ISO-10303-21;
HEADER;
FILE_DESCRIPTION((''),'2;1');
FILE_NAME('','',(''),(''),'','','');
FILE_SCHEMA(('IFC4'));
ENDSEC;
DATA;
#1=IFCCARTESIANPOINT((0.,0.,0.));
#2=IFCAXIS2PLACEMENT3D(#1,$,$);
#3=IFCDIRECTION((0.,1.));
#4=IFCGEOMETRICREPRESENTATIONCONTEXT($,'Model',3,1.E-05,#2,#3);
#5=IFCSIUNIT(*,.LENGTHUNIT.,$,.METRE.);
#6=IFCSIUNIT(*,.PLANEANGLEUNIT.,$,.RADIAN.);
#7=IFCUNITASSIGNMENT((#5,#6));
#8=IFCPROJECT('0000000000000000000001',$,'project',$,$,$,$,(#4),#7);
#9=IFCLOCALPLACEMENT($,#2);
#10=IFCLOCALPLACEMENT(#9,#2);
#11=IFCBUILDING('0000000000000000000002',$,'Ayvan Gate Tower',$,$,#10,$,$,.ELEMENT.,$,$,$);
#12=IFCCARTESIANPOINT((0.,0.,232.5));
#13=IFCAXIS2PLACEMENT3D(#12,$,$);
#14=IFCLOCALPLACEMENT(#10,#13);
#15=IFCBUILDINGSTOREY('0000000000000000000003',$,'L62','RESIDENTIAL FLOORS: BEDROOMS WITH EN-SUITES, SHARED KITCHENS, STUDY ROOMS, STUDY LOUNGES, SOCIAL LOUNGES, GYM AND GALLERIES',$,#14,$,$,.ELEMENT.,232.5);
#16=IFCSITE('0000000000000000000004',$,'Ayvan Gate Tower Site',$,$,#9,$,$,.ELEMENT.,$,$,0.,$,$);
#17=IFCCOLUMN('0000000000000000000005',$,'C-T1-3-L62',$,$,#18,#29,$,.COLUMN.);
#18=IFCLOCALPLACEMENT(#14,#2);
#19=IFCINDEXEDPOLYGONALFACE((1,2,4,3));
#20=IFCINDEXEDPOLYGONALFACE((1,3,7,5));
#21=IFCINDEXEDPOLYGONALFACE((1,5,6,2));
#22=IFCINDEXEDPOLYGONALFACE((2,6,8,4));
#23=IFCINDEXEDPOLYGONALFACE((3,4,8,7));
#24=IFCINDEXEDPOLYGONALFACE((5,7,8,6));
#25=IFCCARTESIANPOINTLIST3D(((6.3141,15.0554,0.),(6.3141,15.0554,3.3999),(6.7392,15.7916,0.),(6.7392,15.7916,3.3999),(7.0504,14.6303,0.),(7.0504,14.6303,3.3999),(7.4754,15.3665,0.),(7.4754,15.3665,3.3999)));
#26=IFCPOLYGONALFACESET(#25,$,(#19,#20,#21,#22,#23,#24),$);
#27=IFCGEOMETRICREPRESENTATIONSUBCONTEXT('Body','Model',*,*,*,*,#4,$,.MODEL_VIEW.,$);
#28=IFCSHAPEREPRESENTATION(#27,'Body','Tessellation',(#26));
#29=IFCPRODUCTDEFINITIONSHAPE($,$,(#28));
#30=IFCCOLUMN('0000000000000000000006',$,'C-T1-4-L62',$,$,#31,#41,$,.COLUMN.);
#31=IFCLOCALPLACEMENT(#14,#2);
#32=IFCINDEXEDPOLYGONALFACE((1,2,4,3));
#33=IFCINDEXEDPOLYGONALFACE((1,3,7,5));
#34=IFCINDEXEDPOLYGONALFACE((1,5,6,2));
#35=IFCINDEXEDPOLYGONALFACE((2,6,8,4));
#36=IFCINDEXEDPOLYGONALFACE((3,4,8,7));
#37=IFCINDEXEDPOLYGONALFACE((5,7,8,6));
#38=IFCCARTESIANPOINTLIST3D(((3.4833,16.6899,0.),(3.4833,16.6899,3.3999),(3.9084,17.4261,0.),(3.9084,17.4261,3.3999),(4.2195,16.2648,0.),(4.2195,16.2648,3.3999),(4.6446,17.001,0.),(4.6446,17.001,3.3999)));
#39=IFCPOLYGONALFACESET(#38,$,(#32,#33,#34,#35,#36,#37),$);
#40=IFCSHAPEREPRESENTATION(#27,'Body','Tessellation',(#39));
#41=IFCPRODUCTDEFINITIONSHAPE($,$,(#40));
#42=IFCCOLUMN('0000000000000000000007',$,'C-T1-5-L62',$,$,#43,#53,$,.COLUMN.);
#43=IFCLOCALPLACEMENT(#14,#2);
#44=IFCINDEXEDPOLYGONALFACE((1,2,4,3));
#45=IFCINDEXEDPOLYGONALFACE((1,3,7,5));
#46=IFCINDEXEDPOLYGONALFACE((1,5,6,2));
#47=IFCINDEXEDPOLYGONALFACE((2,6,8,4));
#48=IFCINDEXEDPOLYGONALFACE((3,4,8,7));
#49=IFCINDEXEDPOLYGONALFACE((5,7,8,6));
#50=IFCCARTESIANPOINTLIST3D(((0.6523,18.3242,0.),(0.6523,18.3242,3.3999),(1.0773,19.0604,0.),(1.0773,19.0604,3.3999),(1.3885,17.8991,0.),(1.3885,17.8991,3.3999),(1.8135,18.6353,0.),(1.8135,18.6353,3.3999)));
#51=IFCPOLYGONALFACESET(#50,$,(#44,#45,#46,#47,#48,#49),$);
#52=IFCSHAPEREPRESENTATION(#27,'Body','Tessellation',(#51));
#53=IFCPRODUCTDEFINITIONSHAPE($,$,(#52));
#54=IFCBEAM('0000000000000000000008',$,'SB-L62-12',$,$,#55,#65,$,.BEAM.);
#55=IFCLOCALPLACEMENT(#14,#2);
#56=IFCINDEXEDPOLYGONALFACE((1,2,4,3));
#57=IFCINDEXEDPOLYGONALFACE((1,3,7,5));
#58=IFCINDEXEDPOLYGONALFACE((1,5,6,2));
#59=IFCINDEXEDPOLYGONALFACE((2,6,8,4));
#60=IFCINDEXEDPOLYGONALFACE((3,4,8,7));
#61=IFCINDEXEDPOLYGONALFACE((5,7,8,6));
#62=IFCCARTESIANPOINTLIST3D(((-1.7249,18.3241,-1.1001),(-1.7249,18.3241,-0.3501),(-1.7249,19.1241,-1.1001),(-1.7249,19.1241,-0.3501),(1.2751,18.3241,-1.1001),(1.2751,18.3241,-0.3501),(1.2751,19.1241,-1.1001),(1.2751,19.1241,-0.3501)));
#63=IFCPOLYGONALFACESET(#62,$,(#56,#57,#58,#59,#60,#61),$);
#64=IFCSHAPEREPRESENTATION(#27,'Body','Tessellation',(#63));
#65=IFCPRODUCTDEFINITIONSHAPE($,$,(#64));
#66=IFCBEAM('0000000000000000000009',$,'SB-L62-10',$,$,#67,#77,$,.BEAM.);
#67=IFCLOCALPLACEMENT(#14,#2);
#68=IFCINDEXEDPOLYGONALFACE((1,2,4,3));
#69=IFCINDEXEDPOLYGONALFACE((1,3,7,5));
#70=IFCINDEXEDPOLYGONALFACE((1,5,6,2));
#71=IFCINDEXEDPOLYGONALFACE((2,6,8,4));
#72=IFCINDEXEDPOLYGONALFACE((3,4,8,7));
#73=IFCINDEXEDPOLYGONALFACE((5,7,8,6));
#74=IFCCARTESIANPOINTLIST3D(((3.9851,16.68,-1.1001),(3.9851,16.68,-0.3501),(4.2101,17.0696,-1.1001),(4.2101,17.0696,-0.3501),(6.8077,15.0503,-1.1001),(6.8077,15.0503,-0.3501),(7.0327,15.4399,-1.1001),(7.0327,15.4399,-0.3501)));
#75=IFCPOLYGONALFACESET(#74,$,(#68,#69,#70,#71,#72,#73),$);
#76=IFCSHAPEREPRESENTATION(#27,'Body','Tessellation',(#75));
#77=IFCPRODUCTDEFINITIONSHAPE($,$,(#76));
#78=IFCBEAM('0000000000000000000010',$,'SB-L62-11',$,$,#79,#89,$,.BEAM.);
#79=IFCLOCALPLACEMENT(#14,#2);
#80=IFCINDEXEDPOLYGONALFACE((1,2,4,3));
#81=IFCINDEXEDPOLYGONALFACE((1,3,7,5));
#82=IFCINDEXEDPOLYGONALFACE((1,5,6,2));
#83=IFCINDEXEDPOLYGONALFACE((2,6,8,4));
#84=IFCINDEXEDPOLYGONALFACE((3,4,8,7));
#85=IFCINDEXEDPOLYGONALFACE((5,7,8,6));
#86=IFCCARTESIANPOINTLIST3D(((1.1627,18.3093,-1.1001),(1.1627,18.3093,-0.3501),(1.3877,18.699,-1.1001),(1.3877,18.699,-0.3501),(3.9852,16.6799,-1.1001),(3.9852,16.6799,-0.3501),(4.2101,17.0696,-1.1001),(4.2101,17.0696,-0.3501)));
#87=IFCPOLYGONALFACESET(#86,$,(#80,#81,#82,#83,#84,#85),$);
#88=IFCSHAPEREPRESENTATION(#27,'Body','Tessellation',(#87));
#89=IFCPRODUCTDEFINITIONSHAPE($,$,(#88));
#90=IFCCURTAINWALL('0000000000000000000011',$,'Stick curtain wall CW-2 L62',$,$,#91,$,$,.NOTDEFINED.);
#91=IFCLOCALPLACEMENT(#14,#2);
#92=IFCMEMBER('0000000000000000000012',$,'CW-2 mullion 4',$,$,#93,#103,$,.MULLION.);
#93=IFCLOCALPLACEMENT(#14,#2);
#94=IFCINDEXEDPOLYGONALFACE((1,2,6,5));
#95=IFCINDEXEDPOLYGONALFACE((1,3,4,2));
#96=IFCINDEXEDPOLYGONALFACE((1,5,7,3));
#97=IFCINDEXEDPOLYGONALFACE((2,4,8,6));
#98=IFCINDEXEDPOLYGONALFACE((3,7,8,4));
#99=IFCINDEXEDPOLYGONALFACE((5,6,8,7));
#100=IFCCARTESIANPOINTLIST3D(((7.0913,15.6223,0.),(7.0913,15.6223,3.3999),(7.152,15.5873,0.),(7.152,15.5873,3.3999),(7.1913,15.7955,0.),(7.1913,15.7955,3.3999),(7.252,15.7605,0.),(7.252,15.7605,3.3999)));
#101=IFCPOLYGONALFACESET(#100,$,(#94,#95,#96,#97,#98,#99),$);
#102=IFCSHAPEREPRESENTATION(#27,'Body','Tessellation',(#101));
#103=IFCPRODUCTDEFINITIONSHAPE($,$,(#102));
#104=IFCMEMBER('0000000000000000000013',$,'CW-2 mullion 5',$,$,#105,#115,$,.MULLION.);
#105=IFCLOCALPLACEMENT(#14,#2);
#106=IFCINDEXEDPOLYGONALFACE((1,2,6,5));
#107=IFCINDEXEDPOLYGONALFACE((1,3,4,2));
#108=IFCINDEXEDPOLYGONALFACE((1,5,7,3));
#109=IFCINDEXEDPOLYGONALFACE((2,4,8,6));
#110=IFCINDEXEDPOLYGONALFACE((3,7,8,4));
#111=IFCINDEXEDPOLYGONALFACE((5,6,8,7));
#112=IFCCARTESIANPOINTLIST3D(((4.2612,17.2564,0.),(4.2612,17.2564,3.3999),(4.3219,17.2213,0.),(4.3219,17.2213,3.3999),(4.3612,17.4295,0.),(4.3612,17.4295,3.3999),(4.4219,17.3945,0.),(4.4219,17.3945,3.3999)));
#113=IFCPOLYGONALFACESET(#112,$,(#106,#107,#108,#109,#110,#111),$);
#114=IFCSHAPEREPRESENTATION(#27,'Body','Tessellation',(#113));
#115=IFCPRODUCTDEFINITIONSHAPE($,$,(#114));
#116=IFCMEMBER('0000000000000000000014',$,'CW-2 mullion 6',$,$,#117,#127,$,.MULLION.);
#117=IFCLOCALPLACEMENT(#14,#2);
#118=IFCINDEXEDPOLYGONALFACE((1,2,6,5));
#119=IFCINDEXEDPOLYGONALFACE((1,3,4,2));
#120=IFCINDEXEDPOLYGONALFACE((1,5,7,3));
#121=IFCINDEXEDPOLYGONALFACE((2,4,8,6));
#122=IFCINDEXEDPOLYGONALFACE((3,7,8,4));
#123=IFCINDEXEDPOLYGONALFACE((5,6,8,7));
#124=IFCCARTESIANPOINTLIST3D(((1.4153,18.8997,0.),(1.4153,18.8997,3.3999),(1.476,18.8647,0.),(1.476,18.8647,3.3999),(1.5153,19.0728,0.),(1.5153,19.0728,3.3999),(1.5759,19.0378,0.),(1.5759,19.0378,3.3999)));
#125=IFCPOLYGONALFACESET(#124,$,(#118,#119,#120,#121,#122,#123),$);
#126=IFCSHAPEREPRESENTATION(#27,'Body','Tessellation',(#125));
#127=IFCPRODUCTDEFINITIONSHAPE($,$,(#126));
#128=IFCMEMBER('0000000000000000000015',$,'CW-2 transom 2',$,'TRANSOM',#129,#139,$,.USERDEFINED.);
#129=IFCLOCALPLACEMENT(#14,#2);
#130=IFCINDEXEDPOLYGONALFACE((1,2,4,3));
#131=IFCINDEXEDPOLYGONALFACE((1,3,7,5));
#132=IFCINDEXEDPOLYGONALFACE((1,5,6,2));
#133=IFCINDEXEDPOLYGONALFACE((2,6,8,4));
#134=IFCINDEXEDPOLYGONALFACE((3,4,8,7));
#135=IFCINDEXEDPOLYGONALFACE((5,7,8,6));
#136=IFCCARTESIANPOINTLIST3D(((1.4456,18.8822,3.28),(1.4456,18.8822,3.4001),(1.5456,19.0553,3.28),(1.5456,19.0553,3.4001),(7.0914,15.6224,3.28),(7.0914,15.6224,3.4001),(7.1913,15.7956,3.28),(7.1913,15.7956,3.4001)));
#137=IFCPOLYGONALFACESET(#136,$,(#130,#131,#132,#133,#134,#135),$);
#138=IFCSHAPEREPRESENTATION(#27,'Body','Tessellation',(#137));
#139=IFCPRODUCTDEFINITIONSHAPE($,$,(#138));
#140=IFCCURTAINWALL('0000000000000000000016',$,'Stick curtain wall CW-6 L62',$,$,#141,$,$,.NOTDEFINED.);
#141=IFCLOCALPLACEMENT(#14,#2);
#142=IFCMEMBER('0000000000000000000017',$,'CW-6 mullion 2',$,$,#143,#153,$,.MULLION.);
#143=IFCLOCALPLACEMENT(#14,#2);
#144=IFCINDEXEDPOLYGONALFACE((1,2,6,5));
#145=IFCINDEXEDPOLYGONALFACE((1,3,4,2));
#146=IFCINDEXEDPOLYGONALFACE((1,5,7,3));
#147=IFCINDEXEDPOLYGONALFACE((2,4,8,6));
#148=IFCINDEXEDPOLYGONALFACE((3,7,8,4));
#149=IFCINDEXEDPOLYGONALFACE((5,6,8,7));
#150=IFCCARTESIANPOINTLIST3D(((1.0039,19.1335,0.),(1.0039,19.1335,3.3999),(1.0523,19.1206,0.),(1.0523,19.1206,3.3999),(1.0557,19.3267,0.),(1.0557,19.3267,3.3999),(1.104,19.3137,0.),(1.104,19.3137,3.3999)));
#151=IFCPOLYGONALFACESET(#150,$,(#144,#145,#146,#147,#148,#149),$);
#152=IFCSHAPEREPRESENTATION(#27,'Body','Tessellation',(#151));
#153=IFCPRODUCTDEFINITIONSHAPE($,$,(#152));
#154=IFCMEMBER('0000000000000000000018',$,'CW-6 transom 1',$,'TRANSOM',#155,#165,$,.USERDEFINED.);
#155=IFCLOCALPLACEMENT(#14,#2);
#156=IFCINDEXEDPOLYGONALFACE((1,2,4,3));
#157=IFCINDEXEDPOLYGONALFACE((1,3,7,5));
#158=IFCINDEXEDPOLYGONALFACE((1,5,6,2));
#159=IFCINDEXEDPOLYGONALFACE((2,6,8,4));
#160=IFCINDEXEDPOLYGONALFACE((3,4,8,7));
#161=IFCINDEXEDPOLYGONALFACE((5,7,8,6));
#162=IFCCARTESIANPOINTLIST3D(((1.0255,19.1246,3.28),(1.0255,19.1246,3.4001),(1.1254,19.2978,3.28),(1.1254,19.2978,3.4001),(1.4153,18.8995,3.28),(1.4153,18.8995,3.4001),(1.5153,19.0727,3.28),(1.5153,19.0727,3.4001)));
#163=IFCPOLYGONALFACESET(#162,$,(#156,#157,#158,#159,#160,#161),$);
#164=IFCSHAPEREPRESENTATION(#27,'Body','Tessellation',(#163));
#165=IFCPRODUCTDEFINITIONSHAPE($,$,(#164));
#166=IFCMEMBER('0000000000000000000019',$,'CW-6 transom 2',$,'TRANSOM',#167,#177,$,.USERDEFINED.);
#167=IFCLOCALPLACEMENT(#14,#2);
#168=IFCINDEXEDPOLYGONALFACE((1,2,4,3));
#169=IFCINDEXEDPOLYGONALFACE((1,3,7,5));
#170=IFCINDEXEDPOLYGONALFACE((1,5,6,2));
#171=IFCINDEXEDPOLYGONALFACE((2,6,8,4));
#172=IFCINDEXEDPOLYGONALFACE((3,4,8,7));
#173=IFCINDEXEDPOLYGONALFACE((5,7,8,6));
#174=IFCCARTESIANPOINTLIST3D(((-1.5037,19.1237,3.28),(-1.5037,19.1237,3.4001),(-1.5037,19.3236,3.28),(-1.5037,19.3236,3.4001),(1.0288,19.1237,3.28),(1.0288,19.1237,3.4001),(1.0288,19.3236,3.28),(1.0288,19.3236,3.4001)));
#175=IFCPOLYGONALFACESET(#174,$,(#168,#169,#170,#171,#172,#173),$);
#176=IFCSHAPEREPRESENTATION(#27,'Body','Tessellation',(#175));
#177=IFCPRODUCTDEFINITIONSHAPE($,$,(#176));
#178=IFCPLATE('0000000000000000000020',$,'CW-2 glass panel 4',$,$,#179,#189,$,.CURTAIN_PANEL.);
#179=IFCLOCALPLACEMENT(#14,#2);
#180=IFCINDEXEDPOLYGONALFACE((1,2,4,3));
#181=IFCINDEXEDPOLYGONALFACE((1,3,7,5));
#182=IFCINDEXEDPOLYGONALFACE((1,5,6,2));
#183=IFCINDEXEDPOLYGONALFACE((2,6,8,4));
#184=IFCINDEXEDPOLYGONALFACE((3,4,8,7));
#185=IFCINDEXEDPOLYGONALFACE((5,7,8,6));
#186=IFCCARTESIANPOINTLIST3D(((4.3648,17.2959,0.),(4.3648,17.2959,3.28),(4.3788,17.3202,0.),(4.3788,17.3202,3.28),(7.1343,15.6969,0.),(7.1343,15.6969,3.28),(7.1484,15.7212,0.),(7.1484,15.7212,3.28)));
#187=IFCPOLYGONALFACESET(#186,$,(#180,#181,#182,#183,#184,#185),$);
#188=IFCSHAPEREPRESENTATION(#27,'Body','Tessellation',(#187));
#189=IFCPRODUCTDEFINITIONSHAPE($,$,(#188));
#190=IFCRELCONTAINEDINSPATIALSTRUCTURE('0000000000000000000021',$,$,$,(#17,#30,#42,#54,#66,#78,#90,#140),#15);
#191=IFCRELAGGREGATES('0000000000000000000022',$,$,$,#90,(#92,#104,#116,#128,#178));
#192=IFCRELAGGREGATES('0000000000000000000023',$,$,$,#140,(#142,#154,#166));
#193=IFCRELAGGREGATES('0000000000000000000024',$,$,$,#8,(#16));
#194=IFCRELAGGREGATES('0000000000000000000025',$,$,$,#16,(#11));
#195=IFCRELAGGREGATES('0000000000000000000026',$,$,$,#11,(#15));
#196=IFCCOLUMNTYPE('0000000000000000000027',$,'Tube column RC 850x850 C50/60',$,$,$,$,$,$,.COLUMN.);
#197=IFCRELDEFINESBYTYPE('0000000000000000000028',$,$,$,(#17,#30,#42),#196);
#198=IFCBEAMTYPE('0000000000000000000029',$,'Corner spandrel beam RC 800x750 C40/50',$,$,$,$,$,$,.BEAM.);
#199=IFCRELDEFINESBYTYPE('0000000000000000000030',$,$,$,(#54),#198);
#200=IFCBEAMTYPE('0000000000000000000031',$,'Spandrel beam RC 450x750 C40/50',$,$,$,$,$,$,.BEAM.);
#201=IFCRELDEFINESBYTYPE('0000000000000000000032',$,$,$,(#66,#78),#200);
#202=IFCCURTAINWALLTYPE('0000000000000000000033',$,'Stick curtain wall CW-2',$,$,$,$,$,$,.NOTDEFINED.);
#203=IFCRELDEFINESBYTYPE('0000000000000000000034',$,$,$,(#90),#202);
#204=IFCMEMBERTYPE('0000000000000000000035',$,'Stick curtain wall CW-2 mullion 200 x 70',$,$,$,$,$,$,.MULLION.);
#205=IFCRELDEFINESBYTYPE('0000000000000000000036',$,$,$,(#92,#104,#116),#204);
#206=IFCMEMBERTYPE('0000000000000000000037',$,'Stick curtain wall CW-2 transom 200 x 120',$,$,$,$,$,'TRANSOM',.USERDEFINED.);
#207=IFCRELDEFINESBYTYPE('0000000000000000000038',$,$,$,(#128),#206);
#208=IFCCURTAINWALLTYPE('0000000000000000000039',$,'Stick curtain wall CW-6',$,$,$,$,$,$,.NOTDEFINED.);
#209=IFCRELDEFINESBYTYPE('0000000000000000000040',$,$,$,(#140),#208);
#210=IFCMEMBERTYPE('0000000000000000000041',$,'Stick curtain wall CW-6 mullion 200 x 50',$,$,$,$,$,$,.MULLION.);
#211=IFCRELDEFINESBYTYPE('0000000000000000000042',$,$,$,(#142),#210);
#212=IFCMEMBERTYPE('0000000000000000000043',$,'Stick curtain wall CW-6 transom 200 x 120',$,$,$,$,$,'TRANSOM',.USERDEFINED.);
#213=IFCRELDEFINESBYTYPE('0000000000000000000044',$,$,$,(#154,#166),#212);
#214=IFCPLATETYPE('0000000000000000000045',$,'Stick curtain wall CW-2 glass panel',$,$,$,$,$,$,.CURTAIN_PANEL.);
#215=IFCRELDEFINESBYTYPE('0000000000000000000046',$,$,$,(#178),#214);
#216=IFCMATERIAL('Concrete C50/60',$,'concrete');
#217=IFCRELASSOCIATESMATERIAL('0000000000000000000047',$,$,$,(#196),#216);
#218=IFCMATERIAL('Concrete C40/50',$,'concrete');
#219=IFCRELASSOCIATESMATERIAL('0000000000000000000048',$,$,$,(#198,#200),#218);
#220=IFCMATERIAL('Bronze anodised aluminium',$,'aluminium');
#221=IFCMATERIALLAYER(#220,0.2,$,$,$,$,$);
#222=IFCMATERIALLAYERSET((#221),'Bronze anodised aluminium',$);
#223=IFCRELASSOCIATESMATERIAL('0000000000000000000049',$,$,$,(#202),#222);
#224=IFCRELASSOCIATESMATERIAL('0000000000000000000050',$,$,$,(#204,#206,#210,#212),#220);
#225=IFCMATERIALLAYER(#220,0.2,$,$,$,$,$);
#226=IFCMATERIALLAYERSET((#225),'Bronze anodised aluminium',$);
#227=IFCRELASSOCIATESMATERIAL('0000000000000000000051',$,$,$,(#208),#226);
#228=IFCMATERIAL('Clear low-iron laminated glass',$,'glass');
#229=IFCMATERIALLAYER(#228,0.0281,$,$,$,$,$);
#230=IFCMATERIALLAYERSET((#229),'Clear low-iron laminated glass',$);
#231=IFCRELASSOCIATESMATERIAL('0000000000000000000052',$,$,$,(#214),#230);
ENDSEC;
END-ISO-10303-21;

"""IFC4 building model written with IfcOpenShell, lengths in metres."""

from ifc_helpers import new_model, si_unit, direction, frame, origin, origin_2d, place, context, subcontext, project, spatial, rectangle, extrude, material, layer, layer_set, material_profile, profile_set, type_object, element, aggregate, save


model = new_model("IFC4")

# Units and contexts
model_context = context("Model", 3, precision=1e-05, world=origin(), true_north=direction((0.0, 1.0)))
body_context = subcontext(model_context, "Body", "Model", "MODEL_VIEW")
ifc_project = project(units=[si_unit("LENGTHUNIT", "METRE"), si_unit("PLANEANGLEUNIT", "RADIAN")], contexts=[model_context])

# Site, building, storey
site_placement = place(None, origin())
site = spatial("IfcSite", under=ifc_project, at=site_placement, Name="Ayvan Gate Tower Site", CompositionType="ELEMENT", RefElevation=0.0)
building_placement = place(site_placement, origin())
building = spatial("IfcBuilding", under=site, at=building_placement, Name="Ayvan Gate Tower", CompositionType="ELEMENT")
storey_placement = place(building_placement, frame((0.0, 0.0, 232.5)))
storey = spatial("IfcBuildingStorey", under=building, at=storey_placement, Name="L62", Description="RESIDENTIAL FLOORS: BEDROOMS WITH EN-SUITES, SHARED KITCHENS, STUDY ROOMS, STUDY LOUNGES, SOCIAL LOUNGES, GYM AND GALLERIES", CompositionType="ELEMENT", Elevation=232.5)

# Columns
ifc_material_1 = material(Name="Concrete C50/60", Category="concrete")
ifc_material_profile_1 = material_profile(ifc_material_1, rectangle(XDim=0.8501, YDim=0.8501, at=origin_2d()), Name="RC 850x850")
ifc_profile_set_1 = profile_set([ifc_material_profile_1], Name="Concrete C50/60")
column_type = type_object("IfcColumnType", Name="Tube column RC 850x850 C50/60", PredefinedType="COLUMN", material=ifc_profile_set_1)
for number, where, z_axis, x_axis, name in (
    (1, (6.8948, 15.2109, 0.0), (0.0, 0.0, 1.0), (0.5, 0.866025, 0.0), "C-T1-3-L62"),
    (2, (4.064, 16.8455, 0.0), (0.0, 0.0, 1.0), (0.5, 0.866025, 0.0), "C-T1-4-L62"),
    (3, (1.2329, 18.4797, 0.0), (0.0, 0.0, 1.0), (0.5, 0.866025, 0.0), "C-T1-5-L62"),
):
    element("IfcColumn", number, at=place(storey_placement, frame(where, z_axis=z_axis, x_axis=x_axis)), inside=storey, type_object=column_type, Name=name, PredefinedType="COLUMN", context=body_context, shape_type="SweptSolid", body=[
        extrude(rectangle(XDim=0.8501, YDim=0.8501, at=origin_2d()), origin(), (0.0, 0.0, 1.0), 3.3999),
    ])

# Beams
ifc_material_2 = material(Name="Concrete C40/50", Category="concrete")
ifc_material_profile_2 = material_profile(ifc_material_2, rectangle(XDim=0.8, YDim=0.75, at=origin_2d()), Name="RC 800x750")
ifc_profile_set_2 = profile_set([ifc_material_profile_2], Name="Concrete C40/50")
beam_type_1 = type_object("IfcBeamType", Name="Corner spandrel beam RC 800x750 C40/50", PredefinedType="BEAM", material=ifc_profile_set_2)
beam_1_placement = place(storey_placement, frame((1.2751, 18.7241, -0.7251), z_axis=(-1.0, 0.0, 0.0), x_axis=(0.0, -1.0, 0.0)))
element("IfcBeam", 4, at=beam_1_placement, inside=storey, type_object=beam_type_1, Name="SB-L62-12", PredefinedType="BEAM", context=body_context, shape_type="SweptSolid", body=[
    extrude(rectangle(XDim=0.8, YDim=0.75, at=origin_2d()), origin(), (0.0, 0.0, 1.0), 3.0),
])
ifc_material_profile_3 = material_profile(ifc_material_2, rectangle(XDim=0.45, YDim=0.75, at=origin_2d()), Name="RC 450x750")
ifc_profile_set_3 = profile_set([ifc_material_profile_3], Name="Concrete C40/50")
beam_type_2 = type_object("IfcBeamType", Name="Spandrel beam RC 450x750 C40/50", PredefinedType="BEAM", material=ifc_profile_set_3)
beam_2_placement = place(storey_placement, frame((6.9202, 15.2451, -0.7251), z_axis=(-0.866017, 0.500014, 0.0), x_axis=(-0.500014, -0.866017, 0.0)))
element("IfcBeam", 5, at=beam_2_placement, inside=storey, type_object=beam_type_2, Name="SB-L62-10", PredefinedType="BEAM", context=body_context, shape_type="SweptSolid", body=[
    extrude(rectangle(XDim=0.45, YDim=0.75, at=origin_2d()), origin(), (0.0, 0.0, 1.0), 3.2593),
])
beam_3_placement = place(storey_placement, frame((4.0977, 16.8748, -0.7251), z_axis=(-0.86605, 0.499958, 0.0), x_axis=(-0.499958, -0.86605, 0.0)))
element("IfcBeam", 6, at=beam_3_placement, inside=storey, type_object=beam_type_2, Name="SB-L62-11", PredefinedType="BEAM", context=body_context, shape_type="SweptSolid", body=[
    extrude(rectangle(XDim=0.45, YDim=0.75, at=origin_2d()), origin(), (0.0, 0.0, 1.0), 3.259),
])

# Curtain walls, members
ifc_material_3 = material(Name="Bronze anodised aluminium", Category="aluminium")
ifc_layer_1 = layer(ifc_material_3, 0.2)
ifc_layer_set_1 = layer_set([ifc_layer_1], Name="Bronze anodised aluminium")
curtain_wall_type_1 = type_object("IfcCurtainWallType", Name="Stick curtain wall CW-2", PredefinedType="NOTDEFINED", material=ifc_layer_set_1)
curtain_wall_1_placement = place(storey_placement, origin())
curtain_wall_1 = element("IfcCurtainWall", 7, at=curtain_wall_1_placement, inside=storey, type_object=curtain_wall_type_1, Name="Stick curtain wall CW-2 L62", PredefinedType="NOTDEFINED")
ifc_material_profile_4 = material_profile(ifc_material_3, rectangle(XDim=0.2, YDim=0.0701, at=origin_2d()), Name="Stick curtain wall CW-2 mullion 200 x 70")
ifc_profile_set_4 = profile_set([ifc_material_profile_4], Name="Bronze anodised aluminium")
member_type_1 = type_object("IfcMemberType", Name="Stick curtain wall CW-2 mullion 200 x 70", PredefinedType="MULLION", material=ifc_profile_set_4)
member_1_placement = place(storey_placement, frame((7.1716, 15.6914, 0.0), z_axis=(0.0, 0.0, 1.0), x_axis=(0.5, 0.866025, 0.0)))
member_1 = element("IfcMember", 8, at=member_1_placement, type_object=member_type_1, Name="CW-2 mullion 4", PredefinedType="MULLION", context=body_context, shape_type="SweptSolid", body=[
    extrude(rectangle(XDim=0.2, YDim=0.0701, at=origin_2d()), origin(), (0.0, 0.0, 1.0), 3.3999),
])
member_2_placement = place(storey_placement, frame((4.3416, 17.3254, 0.0), z_axis=(0.0, 0.0, 1.0), x_axis=(0.5, 0.866025, 0.0)))
member_2 = element("IfcMember", 9, at=member_2_placement, type_object=member_type_1, Name="CW-2 mullion 5", PredefinedType="MULLION", context=body_context, shape_type="SweptSolid", body=[
    extrude(rectangle(XDim=0.2, YDim=0.0701, at=origin_2d()), origin(), (0.0, 0.0, 1.0), 3.3999),
])
member_3_placement = place(storey_placement, frame((1.4956, 18.9688, 0.0), z_axis=(0.0, 0.0, 1.0), x_axis=(0.5, 0.866025, 0.0)))
member_3 = element("IfcMember", 10, at=member_3_placement, type_object=member_type_1, Name="CW-2 mullion 6", PredefinedType="MULLION", context=body_context, shape_type="SweptSolid", body=[
    extrude(rectangle(XDim=0.2, YDim=0.0701, at=origin_2d()), origin(), (0.0, 0.0, 1.0), 3.3999),
])
ifc_material_profile_5 = material_profile(ifc_material_3, rectangle(XDim=0.2, YDim=0.1201, at=origin_2d()), Name="Stick curtain wall CW-2 transom 200 x 120")
ifc_profile_set_5 = profile_set([ifc_material_profile_5], Name="Bronze anodised aluminium")
member_type_2 = type_object("IfcMemberType", Name="Stick curtain wall CW-2 transom 200 x 120", ElementType="TRANSOM", PredefinedType="USERDEFINED", material=ifc_profile_set_5)
member_4_placement = place(storey_placement, frame((7.1414, 15.709, 3.3401), z_axis=(-0.866013, 0.500022, 0.0), x_axis=(-0.500022, -0.866013, 0.0)))
member_4 = element("IfcMember", 11, at=member_4_placement, type_object=member_type_2, Name="CW-2 transom 2", ObjectType="TRANSOM", PredefinedType="USERDEFINED", context=body_context, shape_type="SweptSolid", body=[
    extrude(rectangle(XDim=0.2, YDim=0.1201, at=origin_2d()), origin(), (0.0, 0.0, 1.0), 6.5193),
])
ifc_layer_2 = layer(ifc_material_3, 0.2)
ifc_layer_set_2 = layer_set([ifc_layer_2], Name="Bronze anodised aluminium")
curtain_wall_type_2 = type_object("IfcCurtainWallType", Name="Stick curtain wall CW-6", PredefinedType="NOTDEFINED", material=ifc_layer_set_2)
curtain_wall_2_placement = place(storey_placement, origin())
curtain_wall_2 = element("IfcCurtainWall", 12, at=curtain_wall_2_placement, inside=storey, type_object=curtain_wall_type_2, Name="Stick curtain wall CW-6 L62", PredefinedType="NOTDEFINED")
ifc_material_profile_6 = material_profile(ifc_material_3, rectangle(XDim=0.2, YDim=0.05, at=origin_2d()), Name="Stick curtain wall CW-6 mullion 200 x 50")
ifc_profile_set_6 = profile_set([ifc_material_profile_6], Name="Bronze anodised aluminium")
member_type_3 = type_object("IfcMemberType", Name="Stick curtain wall CW-6 mullion 200 x 50", PredefinedType="MULLION", material=ifc_profile_set_6)
member_5_placement = place(storey_placement, frame((1.054, 19.2236, 0.0), z_axis=(0.0, 0.0, 1.0), x_axis=(0.258819, 0.965926, 0.0)))
member_5 = element("IfcMember", 13, at=member_5_placement, type_object=member_type_3, Name="CW-6 mullion 2", PredefinedType="MULLION", context=body_context, shape_type="SweptSolid", body=[
    extrude(rectangle(XDim=0.2, YDim=0.05, at=origin_2d()), origin(), (0.0, 0.0, 1.0), 3.3999),
])
ifc_material_profile_7 = material_profile(ifc_material_3, rectangle(XDim=0.2, YDim=0.1201, at=origin_2d()), Name="Stick curtain wall CW-6 transom 200 x 120")
ifc_profile_set_7 = profile_set([ifc_material_profile_7], Name="Bronze anodised aluminium")
member_type_4 = type_object("IfcMemberType", Name="Stick curtain wall CW-6 transom 200 x 120", ElementType="TRANSOM", PredefinedType="USERDEFINED", material=ifc_profile_set_7)
member_6_placement = place(storey_placement, frame((1.4653, 18.9861, 3.3401), z_axis=(-0.866032, 0.499988, 0.0), x_axis=(-0.499988, -0.866032, 0.0)))
member_6 = element("IfcMember", 14, at=member_6_placement, type_object=member_type_4, Name="CW-6 transom 1", ObjectType="TRANSOM", PredefinedType="USERDEFINED", context=body_context, shape_type="SweptSolid", body=[
    extrude(rectangle(XDim=0.2, YDim=0.1201, at=origin_2d()), origin(), (0.0, 0.0, 1.0), 0.4502),
])
member_7_placement = place(storey_placement, frame((1.0288, 19.2236, 3.3401), z_axis=(-1.0, 0.0, 0.0), x_axis=(0.0, -1.0, 0.0)))
member_7 = element("IfcMember", 15, at=member_7_placement, type_object=member_type_4, Name="CW-6 transom 2", ObjectType="TRANSOM", PredefinedType="USERDEFINED", context=body_context, shape_type="SweptSolid", body=[
    extrude(rectangle(XDim=0.2, YDim=0.1201, at=origin_2d()), origin(), (0.0, 0.0, 1.0), 2.5325),
])

# Plate
ifc_material_4 = material(Name="Clear low-iron laminated glass", Category="glass")
ifc_layer_3 = layer(ifc_material_4, 0.0281)
ifc_layer_set_3 = layer_set([ifc_layer_3], Name="Clear low-iron laminated glass")
plate_type_1 = type_object("IfcPlateType", Name="Stick curtain wall CW-2 glass panel", PredefinedType="CURTAIN_PANEL", material=ifc_layer_set_3)
plate_1_placement = place(storey_placement, frame((5.7566, 16.5085, 0.0), z_axis=(0.0, 0.0, 1.0), x_axis=(-0.866025, 0.5, 0.0)))
plate_1 = element("IfcPlate", 16, at=plate_1_placement, type_object=plate_type_1, Name="CW-2 glass panel 4", PredefinedType="CURTAIN_PANEL", context=body_context, shape_type="SweptSolid", body=[
    extrude(rectangle(XDim=3.198, YDim=0.0281, at=origin_2d()), origin(), (0.0, 0.0, 1.0), 3.28),
])
aggregate(curtain_wall_1, [member_1, member_2, member_3, member_4, plate_1])
aggregate(curtain_wall_2, [member_5, member_6, member_7])

save(model, "model.ifc")
